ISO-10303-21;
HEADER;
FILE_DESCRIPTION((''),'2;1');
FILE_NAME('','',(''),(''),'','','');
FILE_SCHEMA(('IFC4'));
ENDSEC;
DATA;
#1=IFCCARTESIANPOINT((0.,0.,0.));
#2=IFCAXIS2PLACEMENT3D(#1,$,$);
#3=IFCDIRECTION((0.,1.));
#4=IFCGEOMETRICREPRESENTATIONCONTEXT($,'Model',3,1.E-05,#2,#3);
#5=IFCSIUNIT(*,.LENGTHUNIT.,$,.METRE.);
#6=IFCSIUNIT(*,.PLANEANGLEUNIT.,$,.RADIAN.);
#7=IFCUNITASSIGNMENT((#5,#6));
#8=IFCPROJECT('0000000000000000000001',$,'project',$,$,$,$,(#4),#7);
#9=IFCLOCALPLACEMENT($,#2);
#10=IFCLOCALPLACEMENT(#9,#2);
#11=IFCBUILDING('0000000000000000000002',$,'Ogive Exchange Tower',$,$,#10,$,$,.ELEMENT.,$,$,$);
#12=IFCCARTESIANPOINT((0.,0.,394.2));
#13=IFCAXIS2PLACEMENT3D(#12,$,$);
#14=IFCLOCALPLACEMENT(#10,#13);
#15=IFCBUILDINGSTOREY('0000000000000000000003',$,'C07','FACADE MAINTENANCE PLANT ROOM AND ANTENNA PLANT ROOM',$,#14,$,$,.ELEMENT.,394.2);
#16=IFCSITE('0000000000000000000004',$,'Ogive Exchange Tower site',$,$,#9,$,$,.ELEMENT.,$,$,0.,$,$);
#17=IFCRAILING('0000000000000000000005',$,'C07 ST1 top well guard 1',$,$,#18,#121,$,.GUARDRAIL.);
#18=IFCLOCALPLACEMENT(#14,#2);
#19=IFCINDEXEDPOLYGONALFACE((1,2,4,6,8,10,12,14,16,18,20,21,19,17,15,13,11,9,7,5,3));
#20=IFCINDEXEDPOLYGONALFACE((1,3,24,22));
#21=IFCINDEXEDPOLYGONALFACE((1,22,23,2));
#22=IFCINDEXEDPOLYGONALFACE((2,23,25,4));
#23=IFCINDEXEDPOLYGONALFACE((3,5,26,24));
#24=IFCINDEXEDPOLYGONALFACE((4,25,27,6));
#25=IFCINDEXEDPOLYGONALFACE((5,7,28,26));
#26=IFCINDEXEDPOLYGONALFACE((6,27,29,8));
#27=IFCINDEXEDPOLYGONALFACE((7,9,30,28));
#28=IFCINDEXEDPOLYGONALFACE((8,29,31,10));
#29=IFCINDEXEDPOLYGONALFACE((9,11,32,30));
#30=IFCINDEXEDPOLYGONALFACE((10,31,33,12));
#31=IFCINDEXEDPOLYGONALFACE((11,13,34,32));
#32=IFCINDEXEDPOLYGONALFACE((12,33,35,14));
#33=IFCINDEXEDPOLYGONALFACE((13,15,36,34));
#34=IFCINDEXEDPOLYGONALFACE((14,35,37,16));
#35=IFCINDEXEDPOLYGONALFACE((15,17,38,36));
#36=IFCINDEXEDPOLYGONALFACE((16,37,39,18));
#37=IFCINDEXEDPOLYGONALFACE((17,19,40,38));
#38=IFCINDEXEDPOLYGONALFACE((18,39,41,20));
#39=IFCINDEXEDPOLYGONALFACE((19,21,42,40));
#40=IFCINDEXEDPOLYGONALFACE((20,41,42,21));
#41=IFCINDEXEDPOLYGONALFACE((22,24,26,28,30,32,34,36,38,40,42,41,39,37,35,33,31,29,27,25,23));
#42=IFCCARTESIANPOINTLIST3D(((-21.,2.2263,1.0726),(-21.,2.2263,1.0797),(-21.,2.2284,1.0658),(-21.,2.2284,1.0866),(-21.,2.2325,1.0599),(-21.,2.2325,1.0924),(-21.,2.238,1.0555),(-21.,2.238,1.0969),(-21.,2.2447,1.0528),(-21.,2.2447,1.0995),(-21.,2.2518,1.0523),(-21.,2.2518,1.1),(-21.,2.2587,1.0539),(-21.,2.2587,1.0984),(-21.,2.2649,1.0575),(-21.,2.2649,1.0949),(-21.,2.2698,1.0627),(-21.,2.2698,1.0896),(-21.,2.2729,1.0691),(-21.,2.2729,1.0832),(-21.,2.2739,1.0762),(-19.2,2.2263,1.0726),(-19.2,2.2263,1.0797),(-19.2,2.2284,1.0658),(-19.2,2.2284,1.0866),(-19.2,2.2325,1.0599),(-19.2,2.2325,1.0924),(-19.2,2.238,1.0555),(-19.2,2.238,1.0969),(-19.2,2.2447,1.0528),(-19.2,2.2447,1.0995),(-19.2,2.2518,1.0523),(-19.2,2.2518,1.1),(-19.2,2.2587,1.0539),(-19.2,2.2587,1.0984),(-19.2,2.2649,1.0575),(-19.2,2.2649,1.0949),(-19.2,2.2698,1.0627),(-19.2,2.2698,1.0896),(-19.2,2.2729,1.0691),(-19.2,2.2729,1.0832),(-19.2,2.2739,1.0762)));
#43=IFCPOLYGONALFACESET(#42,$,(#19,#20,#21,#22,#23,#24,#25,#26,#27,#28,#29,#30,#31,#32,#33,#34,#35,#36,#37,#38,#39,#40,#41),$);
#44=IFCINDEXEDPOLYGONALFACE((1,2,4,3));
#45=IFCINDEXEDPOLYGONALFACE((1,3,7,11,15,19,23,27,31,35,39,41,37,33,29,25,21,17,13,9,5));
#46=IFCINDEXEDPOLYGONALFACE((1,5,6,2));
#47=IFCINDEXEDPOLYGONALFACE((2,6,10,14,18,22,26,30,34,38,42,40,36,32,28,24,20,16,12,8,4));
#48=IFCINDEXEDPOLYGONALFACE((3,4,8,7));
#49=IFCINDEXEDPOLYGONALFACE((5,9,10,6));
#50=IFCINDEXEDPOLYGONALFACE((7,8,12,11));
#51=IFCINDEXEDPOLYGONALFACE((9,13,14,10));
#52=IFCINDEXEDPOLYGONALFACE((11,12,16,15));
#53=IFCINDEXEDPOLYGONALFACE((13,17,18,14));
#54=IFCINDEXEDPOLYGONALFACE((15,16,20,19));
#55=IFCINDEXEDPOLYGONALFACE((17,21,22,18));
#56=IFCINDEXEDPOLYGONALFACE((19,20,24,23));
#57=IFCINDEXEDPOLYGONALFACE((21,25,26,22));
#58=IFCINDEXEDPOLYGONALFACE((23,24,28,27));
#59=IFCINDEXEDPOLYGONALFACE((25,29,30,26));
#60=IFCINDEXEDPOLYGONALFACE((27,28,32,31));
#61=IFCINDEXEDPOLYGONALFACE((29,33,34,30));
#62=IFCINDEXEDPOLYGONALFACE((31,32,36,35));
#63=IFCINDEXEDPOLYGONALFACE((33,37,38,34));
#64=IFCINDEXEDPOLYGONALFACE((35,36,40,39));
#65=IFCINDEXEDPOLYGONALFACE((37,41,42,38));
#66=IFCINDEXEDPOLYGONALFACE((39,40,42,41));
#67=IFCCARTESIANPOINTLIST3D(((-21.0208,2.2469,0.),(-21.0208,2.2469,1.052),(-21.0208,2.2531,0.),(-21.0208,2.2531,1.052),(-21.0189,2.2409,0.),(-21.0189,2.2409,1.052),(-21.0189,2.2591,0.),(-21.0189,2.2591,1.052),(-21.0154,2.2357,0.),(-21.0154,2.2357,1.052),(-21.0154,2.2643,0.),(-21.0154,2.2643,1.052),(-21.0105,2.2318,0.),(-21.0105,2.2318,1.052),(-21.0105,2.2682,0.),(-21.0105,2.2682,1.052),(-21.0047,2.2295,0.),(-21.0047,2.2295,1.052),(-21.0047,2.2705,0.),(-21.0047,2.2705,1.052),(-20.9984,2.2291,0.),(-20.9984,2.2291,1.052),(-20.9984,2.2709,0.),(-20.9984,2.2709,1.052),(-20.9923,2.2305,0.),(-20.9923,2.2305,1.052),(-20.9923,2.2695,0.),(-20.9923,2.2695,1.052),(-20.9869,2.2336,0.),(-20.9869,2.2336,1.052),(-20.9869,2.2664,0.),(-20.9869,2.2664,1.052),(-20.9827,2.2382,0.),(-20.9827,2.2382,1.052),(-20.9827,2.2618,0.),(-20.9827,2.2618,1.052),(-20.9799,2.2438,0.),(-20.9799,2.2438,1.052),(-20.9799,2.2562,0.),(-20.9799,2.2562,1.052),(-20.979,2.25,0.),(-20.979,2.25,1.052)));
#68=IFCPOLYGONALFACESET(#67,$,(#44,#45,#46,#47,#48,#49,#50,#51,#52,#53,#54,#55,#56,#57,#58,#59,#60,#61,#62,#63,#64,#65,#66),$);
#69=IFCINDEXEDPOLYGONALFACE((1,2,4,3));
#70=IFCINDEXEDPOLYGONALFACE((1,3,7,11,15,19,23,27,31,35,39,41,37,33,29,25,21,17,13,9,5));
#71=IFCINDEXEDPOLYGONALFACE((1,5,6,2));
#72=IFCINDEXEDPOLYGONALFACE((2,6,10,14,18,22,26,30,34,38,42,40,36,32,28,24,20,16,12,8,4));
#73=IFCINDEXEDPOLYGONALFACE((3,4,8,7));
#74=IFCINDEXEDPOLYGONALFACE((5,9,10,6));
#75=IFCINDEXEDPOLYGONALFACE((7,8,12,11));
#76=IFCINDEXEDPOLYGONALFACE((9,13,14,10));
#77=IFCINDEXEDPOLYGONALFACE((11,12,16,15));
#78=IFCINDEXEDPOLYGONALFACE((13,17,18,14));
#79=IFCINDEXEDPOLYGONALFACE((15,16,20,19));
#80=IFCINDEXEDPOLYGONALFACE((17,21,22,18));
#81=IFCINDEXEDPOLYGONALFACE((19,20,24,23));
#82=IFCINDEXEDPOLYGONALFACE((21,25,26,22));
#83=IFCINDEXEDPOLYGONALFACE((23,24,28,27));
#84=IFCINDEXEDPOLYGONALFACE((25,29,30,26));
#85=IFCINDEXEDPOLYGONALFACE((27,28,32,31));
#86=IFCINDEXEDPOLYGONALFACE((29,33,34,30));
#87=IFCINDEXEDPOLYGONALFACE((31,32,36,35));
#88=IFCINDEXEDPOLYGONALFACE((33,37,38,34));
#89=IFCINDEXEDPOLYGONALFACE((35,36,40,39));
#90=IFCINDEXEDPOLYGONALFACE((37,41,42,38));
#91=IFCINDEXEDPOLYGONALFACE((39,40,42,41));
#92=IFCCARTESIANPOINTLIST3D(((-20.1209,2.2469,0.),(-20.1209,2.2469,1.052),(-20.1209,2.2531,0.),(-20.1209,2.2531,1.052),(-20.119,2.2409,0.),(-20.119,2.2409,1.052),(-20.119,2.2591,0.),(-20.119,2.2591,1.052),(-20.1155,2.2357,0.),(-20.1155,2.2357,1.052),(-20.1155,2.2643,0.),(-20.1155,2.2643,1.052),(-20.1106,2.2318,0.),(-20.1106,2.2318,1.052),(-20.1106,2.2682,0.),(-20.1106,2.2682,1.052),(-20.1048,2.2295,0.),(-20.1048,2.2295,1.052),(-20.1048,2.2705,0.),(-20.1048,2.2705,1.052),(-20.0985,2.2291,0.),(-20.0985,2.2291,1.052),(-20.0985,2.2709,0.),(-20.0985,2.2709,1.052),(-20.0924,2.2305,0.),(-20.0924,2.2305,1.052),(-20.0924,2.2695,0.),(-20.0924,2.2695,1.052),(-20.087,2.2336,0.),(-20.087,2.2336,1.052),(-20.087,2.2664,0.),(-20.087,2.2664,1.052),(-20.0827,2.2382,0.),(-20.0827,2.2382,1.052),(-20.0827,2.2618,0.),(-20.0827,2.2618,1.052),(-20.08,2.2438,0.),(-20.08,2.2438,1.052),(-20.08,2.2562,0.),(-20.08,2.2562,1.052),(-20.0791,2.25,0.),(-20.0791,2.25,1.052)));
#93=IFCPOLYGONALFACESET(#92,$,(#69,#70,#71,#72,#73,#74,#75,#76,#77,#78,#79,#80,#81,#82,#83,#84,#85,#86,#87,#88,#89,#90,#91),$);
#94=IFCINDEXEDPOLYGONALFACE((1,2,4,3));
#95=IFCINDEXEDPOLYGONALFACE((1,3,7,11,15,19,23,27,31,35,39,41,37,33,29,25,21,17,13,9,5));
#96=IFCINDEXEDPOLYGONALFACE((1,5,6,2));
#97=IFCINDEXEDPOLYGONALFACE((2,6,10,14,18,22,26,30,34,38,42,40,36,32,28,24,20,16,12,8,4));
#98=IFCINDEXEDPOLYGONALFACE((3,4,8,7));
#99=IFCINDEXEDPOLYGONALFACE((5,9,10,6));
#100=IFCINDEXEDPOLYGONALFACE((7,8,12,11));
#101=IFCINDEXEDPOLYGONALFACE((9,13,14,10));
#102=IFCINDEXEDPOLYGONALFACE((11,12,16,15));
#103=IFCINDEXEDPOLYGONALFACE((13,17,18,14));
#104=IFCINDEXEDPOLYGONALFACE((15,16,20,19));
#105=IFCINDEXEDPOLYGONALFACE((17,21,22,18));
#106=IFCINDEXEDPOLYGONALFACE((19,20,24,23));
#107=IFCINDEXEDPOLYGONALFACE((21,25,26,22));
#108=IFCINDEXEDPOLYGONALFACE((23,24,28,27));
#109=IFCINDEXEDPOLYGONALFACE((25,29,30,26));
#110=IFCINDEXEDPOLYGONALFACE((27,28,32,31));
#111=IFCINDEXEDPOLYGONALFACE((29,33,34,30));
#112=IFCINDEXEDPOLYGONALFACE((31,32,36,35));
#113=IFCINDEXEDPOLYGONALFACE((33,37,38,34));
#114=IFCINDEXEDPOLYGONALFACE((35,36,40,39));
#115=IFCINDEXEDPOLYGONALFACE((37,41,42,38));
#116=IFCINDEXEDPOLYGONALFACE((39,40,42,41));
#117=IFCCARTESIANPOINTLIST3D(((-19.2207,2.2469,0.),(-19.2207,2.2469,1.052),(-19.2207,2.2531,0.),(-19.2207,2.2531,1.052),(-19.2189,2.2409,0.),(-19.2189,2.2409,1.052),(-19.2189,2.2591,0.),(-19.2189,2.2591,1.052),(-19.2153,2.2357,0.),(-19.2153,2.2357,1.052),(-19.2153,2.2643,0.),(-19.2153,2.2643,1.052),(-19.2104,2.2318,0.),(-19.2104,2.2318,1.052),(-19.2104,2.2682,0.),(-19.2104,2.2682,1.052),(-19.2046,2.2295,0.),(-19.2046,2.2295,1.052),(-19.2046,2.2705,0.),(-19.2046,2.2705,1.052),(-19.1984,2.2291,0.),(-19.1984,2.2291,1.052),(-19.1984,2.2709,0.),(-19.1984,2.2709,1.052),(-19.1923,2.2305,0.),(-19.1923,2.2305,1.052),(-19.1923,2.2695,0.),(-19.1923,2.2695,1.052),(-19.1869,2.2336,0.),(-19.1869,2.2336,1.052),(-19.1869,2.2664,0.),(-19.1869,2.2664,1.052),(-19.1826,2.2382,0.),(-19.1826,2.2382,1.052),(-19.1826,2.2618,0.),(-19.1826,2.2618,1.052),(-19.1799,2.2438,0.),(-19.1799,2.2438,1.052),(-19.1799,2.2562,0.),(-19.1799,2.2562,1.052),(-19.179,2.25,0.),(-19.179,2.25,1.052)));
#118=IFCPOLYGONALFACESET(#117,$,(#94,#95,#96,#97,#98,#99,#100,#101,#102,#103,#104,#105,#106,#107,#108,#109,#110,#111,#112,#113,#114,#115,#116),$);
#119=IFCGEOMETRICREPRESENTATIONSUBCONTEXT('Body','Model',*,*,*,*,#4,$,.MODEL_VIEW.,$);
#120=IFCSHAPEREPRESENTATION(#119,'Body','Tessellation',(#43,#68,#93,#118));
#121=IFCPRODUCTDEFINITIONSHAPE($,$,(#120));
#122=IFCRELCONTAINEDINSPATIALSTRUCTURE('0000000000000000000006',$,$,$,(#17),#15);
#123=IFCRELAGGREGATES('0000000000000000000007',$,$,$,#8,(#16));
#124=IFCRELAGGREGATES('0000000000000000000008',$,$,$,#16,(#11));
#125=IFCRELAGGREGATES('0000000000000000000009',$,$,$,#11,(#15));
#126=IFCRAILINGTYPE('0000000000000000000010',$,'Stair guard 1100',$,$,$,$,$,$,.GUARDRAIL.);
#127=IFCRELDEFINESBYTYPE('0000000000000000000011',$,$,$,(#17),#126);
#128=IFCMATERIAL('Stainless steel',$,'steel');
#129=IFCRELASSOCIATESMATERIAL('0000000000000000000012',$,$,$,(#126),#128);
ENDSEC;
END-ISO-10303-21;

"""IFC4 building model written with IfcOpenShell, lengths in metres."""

from ifc_helpers import new_model, si_unit, direction, frame, origin, origin_2d, place, context, subcontext, project, spatial, circle, extrude, material, type_object, element, save


model = new_model("IFC4")

# Units and contexts
model_context = context("Model", 3, precision=1e-05, world=origin(), true_north=direction((0.0, 1.0)))
body_context = subcontext(model_context, "Body", "Model", "MODEL_VIEW")
ifc_project = project(units=[si_unit("LENGTHUNIT", "METRE"), si_unit("PLANEANGLEUNIT", "RADIAN")], contexts=[model_context])

# Site, building, storey
site_placement = place(None, origin())
site = spatial("IfcSite", under=ifc_project, at=site_placement, Name="Ogive Exchange Tower site", CompositionType="ELEMENT", RefElevation=0.0)
building_placement = place(site_placement, origin())
building = spatial("IfcBuilding", under=site, at=building_placement, Name="Ogive Exchange Tower", CompositionType="ELEMENT")
storey_placement = place(building_placement, frame((0.0, 0.0, 394.2)))
storey = spatial("IfcBuildingStorey", under=building, at=storey_placement, Name="C07", Description="FACADE MAINTENANCE PLANT ROOM AND ANTENNA PLANT ROOM", CompositionType="ELEMENT", Elevation=394.2)

# Railing
ifc_material_1 = material(Name="Stainless steel", Category="steel")
railing_type = type_object("IfcRailingType", Name="Stair guard 1100", PredefinedType="GUARDRAIL", material=ifc_material_1)
railing_placement = place(storey_placement, frame((-21.0, 2.25, 0.0)))
element("IfcRailing", 1, at=railing_placement, inside=storey, type_object=railing_type, Name="C07 ST1 top well guard 1", PredefinedType="GUARDRAIL", context=body_context, shape_type="SweptSolid", body=[
    extrude(circle(Radius=0.0239, at=origin_2d()), frame((0.0, 0.0, 1.0762), z_axis=(1.0, 0.0, 0.0), x_axis=(0.0, 1.0, 0.0)), (0.0, 0.0, 1.0), 1.8),
    extrude(circle(Radius=0.021, at=origin_2d()), origin(), (0.0, 0.0, 1.0), 1.052),
    extrude(circle(Radius=0.021, at=origin_2d()), frame((0.8999, 0.0, 0.0)), (0.0, 0.0, 1.0), 1.052),
    extrude(circle(Radius=0.021, at=origin_2d()), frame((1.8, 0.0, 0.0)), (0.0, 0.0, 1.0), 1.052),
])

save(model, "model.ifc")
